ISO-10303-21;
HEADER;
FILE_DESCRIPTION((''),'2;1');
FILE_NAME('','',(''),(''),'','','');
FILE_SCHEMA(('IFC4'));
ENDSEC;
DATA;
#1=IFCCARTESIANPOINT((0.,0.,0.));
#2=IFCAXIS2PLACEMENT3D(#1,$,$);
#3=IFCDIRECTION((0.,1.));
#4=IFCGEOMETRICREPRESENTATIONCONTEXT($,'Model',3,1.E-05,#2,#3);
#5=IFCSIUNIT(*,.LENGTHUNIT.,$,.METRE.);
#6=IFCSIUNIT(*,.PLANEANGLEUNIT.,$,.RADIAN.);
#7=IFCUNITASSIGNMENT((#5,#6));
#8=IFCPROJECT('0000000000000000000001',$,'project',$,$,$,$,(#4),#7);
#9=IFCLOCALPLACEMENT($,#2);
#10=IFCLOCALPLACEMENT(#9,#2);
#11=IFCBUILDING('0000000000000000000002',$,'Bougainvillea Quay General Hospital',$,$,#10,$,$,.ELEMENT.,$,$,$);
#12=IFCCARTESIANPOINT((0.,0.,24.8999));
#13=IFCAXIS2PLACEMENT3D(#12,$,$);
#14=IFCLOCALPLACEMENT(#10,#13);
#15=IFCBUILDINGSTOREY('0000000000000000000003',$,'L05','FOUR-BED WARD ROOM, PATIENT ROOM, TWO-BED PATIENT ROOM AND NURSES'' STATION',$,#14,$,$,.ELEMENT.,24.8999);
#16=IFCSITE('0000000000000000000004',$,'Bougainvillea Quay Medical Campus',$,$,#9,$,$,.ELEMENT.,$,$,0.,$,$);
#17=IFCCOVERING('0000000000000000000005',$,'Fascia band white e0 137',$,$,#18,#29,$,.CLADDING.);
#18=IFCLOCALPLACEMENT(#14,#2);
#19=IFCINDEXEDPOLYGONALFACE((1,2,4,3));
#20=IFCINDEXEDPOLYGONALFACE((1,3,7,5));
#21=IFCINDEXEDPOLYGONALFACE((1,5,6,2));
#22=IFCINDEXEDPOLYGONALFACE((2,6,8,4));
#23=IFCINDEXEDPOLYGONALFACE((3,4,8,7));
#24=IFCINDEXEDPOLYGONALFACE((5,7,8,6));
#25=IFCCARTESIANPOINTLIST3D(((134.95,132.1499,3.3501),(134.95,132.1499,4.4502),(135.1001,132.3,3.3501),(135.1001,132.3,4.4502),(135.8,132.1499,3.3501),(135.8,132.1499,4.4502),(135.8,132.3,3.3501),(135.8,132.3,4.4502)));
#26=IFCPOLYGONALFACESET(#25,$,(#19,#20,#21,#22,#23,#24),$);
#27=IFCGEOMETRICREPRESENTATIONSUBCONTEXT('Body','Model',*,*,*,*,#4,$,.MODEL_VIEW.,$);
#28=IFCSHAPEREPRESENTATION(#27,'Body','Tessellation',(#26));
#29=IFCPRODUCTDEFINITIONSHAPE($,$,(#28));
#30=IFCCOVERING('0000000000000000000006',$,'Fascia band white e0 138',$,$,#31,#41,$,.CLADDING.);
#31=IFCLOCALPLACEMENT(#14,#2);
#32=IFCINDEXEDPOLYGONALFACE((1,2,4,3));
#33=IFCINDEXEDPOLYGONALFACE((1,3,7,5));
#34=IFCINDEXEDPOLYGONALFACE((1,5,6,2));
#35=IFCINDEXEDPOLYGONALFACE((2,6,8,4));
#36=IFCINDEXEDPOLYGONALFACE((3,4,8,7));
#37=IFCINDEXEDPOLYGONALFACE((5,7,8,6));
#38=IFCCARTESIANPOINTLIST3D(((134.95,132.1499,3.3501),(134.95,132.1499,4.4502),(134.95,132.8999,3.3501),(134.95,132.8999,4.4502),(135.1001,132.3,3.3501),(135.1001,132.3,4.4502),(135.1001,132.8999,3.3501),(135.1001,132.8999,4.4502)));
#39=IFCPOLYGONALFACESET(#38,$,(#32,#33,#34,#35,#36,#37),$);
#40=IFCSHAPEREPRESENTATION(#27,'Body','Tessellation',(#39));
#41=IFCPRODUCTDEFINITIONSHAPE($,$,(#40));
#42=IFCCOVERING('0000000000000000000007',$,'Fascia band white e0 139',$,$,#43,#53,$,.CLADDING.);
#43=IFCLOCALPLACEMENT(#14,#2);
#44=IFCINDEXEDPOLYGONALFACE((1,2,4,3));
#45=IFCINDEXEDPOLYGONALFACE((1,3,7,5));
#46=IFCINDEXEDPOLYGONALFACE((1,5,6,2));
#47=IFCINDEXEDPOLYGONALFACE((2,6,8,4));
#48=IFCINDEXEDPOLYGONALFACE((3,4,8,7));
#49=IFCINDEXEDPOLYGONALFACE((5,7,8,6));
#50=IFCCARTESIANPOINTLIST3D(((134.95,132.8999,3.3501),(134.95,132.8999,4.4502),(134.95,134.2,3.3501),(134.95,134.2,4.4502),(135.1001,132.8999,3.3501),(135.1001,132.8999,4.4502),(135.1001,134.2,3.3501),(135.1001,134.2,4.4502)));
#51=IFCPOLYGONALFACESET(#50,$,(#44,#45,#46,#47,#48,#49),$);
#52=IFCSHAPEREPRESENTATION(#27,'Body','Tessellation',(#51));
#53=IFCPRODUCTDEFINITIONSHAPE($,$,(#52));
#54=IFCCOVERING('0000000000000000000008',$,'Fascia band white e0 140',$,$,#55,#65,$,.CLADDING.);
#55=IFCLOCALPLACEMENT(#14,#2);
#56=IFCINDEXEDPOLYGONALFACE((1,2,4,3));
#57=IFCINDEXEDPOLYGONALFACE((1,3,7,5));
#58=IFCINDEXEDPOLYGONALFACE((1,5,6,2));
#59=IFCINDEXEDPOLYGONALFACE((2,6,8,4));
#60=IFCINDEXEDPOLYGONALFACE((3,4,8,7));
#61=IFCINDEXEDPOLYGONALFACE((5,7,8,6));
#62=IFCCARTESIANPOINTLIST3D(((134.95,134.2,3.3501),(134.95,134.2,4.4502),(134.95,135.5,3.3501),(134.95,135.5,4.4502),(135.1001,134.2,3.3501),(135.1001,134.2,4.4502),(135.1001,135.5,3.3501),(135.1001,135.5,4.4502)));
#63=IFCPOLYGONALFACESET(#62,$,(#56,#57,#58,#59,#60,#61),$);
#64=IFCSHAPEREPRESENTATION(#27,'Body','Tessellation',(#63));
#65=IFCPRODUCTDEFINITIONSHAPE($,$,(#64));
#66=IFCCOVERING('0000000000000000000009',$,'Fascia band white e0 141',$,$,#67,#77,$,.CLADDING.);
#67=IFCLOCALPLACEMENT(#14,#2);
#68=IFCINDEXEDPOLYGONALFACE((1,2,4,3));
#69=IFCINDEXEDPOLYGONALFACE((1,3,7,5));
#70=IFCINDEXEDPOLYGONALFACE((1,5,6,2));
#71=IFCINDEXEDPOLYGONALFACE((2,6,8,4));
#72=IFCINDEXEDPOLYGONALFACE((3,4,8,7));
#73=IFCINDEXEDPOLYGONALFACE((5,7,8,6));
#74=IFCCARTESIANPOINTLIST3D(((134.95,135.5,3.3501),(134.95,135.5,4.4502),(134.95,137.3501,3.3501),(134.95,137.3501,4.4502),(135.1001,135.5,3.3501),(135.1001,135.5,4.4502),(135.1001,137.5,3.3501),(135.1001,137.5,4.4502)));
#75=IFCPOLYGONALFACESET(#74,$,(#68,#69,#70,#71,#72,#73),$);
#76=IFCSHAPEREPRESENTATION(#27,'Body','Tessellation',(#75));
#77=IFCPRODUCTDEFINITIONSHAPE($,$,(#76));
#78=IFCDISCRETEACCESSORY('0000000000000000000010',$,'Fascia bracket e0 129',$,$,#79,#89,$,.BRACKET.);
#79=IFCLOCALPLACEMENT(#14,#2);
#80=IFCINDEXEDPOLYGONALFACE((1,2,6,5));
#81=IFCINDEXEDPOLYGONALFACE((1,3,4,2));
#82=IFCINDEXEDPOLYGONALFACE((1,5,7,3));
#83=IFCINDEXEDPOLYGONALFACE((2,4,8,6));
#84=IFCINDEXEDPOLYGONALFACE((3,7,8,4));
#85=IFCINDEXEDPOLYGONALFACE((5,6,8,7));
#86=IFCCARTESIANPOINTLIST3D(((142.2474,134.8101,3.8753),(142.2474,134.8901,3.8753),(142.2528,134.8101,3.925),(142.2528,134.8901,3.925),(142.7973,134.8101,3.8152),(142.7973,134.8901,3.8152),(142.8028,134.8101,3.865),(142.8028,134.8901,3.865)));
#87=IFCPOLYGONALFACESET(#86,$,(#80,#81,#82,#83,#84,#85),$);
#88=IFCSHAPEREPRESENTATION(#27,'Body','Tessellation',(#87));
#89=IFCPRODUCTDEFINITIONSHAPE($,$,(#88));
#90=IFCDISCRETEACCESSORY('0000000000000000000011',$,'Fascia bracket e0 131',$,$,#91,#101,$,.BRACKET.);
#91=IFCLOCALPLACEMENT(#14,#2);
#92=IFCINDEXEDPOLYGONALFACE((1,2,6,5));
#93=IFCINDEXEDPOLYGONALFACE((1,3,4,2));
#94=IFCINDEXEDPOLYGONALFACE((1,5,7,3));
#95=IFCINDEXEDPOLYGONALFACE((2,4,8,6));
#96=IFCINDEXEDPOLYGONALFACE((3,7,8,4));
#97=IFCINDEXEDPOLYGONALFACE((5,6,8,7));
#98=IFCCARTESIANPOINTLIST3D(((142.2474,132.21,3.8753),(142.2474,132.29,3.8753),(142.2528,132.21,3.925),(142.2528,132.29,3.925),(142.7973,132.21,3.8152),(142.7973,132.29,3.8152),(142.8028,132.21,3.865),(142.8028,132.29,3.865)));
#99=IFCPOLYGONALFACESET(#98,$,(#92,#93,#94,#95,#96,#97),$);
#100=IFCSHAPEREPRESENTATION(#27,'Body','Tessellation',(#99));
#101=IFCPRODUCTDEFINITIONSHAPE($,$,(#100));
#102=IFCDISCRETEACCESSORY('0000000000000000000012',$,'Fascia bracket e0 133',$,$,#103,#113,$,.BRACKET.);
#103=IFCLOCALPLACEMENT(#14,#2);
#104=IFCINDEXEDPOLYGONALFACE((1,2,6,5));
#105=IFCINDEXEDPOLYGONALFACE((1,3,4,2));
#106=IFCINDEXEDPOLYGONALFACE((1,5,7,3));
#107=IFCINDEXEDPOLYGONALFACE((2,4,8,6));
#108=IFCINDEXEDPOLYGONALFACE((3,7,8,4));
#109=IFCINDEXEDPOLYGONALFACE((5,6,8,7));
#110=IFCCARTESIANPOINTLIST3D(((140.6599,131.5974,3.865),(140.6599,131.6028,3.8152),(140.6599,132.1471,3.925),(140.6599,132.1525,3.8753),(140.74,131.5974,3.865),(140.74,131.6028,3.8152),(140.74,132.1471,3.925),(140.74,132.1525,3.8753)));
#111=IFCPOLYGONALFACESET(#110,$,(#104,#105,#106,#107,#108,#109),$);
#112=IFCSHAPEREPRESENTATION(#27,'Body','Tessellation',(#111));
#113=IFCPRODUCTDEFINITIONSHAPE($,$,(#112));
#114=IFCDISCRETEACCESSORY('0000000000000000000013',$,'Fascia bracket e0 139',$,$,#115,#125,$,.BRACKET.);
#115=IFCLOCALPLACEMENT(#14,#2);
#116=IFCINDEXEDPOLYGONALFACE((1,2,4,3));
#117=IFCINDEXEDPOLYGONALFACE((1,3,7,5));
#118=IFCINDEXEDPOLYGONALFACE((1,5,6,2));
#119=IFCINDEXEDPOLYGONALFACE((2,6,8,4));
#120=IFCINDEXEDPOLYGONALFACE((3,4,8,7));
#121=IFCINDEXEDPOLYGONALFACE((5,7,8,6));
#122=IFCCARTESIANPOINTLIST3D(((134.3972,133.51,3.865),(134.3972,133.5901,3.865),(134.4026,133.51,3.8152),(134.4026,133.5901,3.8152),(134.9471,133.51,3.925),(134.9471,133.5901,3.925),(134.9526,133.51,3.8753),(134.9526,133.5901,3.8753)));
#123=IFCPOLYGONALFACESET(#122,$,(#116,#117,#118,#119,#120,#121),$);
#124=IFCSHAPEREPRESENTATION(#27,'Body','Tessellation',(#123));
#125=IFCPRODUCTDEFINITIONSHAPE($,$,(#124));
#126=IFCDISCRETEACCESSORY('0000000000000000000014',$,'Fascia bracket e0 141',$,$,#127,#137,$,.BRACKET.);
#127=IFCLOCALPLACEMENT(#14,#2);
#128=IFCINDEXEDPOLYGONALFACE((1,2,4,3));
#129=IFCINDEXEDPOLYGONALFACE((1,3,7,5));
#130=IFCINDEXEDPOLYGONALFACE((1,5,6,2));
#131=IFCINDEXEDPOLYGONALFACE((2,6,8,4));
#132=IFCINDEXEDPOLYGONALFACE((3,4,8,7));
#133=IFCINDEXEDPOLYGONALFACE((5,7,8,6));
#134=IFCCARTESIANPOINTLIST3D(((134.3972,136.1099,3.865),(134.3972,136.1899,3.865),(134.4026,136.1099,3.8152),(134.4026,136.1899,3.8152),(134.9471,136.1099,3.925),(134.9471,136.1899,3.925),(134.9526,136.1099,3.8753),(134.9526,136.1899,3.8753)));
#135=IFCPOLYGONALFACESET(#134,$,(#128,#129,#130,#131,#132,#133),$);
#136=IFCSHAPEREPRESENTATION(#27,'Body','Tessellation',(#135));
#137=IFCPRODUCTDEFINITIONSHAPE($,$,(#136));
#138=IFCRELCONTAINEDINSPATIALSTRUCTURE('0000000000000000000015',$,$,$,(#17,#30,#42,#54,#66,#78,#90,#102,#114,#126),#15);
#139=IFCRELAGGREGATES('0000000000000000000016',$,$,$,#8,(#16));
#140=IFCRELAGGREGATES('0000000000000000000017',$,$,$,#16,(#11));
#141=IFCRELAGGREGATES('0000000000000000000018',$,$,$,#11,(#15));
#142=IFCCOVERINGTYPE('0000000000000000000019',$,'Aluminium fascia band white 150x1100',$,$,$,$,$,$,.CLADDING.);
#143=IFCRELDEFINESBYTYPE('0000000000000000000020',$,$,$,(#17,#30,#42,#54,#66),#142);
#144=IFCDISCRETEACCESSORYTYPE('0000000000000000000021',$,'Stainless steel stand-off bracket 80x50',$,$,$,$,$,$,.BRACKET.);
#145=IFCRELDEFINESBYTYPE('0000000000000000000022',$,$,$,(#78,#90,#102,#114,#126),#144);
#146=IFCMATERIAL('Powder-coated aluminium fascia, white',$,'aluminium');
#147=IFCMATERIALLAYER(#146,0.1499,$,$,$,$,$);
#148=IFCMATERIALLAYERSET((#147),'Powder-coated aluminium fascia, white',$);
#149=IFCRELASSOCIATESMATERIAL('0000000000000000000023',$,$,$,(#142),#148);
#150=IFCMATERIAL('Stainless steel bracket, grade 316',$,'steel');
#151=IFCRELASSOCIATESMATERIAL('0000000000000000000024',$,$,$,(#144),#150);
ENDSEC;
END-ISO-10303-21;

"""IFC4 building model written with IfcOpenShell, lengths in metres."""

from ifc_helpers import new_model, si_unit, direction, frame, origin, origin_2d, place, context, subcontext, project, spatial, polyline, rectangle, outline, extrude, material, layer, layer_set, material_profile, profile_set, type_object, element, save


model = new_model("IFC4")

# Units and contexts
model_context = context("Model", 3, precision=1e-05, world=origin(), true_north=direction((0.0, 1.0)))
body_context = subcontext(model_context, "Body", "Model", "MODEL_VIEW")
ifc_project = project(units=[si_unit("LENGTHUNIT", "METRE"), si_unit("PLANEANGLEUNIT", "RADIAN")], contexts=[model_context])

# Site, building, storey
site_placement = place(None, origin())
site = spatial("IfcSite", under=ifc_project, at=site_placement, Name="Bougainvillea Quay Medical Campus", CompositionType="ELEMENT", RefElevation=0.0)
building_placement = place(site_placement, origin())
building = spatial("IfcBuilding", under=site, at=building_placement, Name="Bougainvillea Quay General Hospital", CompositionType="ELEMENT")
storey_placement = place(building_placement, frame((0.0, 0.0, 24.8999)))
storey = spatial("IfcBuildingStorey", under=building, at=storey_placement, Name="L05", Description="FOUR-BED WARD ROOM, PATIENT ROOM, TWO-BED PATIENT ROOM AND NURSES' STATION", CompositionType="ELEMENT", Elevation=24.8999)

# Coverings
ifc_material_1 = material(Name="Powder-coated aluminium fascia, white", Category="aluminium")
ifc_layer_1 = layer(ifc_material_1, 0.1499)
ifc_layer_set_1 = layer_set([ifc_layer_1], Name="Powder-coated aluminium fascia, white")
covering_type = type_object("IfcCoveringType", Name="Aluminium fascia band white 150x1100", PredefinedType="CLADDING", material=ifc_layer_set_1)
covering_1_placement = place(storey_placement, frame((135.8, 132.1499, 3.3501), z_axis=(0.0, 0.0, 1.0), x_axis=(-1.0, 0.0, 0.0)))
element("IfcCovering", 1, at=covering_1_placement, inside=storey, type_object=covering_type, Name="Fascia band white e0 137", PredefinedType="CLADDING", context=body_context, shape_type="SweptSolid", body=[
    extrude(outline(polyline([(0.0, 0.0), (0.8501, 0.0), (0.7, -0.1501), (0.0, -0.1501), (0.0, 0.0)])), origin(), (0.0, 0.0, 1.0), 1.1001),
])
covering_2_placement = place(storey_placement, frame((134.95, 132.1499, 3.3501), z_axis=(0.0, 0.0, 1.0), x_axis=(0.0, 1.0, 0.0)))
element("IfcCovering", 2, at=covering_2_placement, inside=storey, type_object=covering_type, Name="Fascia band white e0 138", PredefinedType="CLADDING", context=body_context, shape_type="SweptSolid", body=[
    extrude(outline(polyline([(0.0, 0.0), (0.75, 0.0), (0.75, -0.1501), (0.1501, -0.1501), (0.0, 0.0)])), origin(), (0.0, 0.0, 1.0), 1.1001),
])
for number, where, z_axis, x_axis, name in (
    (3, (134.95, 132.8999, 3.3501), (0.0, 0.0, 1.0), (0.0, 1.0, 0.0), "Fascia band white e0 139"),
    (4, (134.95, 134.2, 3.3501), (0.0, 0.0, 1.0), (0.0, 1.0, 0.0), "Fascia band white e0 140"),
):
    element("IfcCovering", number, at=place(storey_placement, frame(where, z_axis=z_axis, x_axis=x_axis)), inside=storey, type_object=covering_type, Name=name, PredefinedType="CLADDING", context=body_context, shape_type="SweptSolid", body=[
        extrude(outline(polyline([(0.0, 0.0), (1.3, 0.0), (1.3, -0.1501), (0.0, -0.1501), (0.0, 0.0)])), origin(), (0.0, 0.0, 1.0), 1.1001),
    ])
covering_3_placement = place(storey_placement, frame((134.95, 135.5, 3.3501), z_axis=(0.0, 0.0, 1.0), x_axis=(0.0, 1.0, 0.0)))
element("IfcCovering", 5, at=covering_3_placement, inside=storey, type_object=covering_type, Name="Fascia band white e0 141", PredefinedType="CLADDING", context=body_context, shape_type="SweptSolid", body=[
    extrude(outline(polyline([(0.0, 0.0), (1.8501, 0.0), (2.0, -0.1501), (0.0, -0.1501), (0.0, 0.0)])), origin(), (0.0, 0.0, 1.0), 1.1001),
])

# Discrete accessories
ifc_material_2 = material(Name="Stainless steel bracket, grade 316", Category="steel")
ifc_material_profile_1 = material_profile(ifc_material_2, rectangle(XDim=0.0801, YDim=0.05, at=origin_2d()))
ifc_profile_set_1 = profile_set([ifc_material_profile_1], Name="Stainless steel bracket, grade 316")
discrete_accessory_type = type_object("IfcDiscreteAccessoryType", Name="Stainless steel stand-off bracket 80x50", PredefinedType="BRACKET", material=ifc_profile_set_1)
for number, where, z_axis, x_axis, name in (
    (6, (142.8, 134.8501, 3.8401), (-0.994092, 0.0, 0.108543), (0.0, -1.0, 0.0), "Fascia bracket e0 129"),
    (7, (142.8, 132.25, 3.8401), (-0.994092, 0.0, 0.108543), (0.0, -1.0, 0.0), "Fascia bracket e0 131"),
):
    element("IfcDiscreteAccessory", number, at=place(storey_placement, frame(where, z_axis=z_axis, x_axis=x_axis)), inside=storey, type_object=discrete_accessory_type, Name=name, PredefinedType="BRACKET", context=body_context, shape_type="SweptSolid", body=[
        extrude(rectangle(XDim=0.0801, YDim=0.05, at=origin_2d()), origin(), (0.0, 0.0, 1.0), 0.5532),
    ])
discrete_accessory_placement = place(storey_placement, frame((140.7, 131.6001, 3.8401), z_axis=(0.0, 0.994087, 0.10859), x_axis=(-1.0, 0.0, 0.0)))
element("IfcDiscreteAccessory", 8, at=discrete_accessory_placement, inside=storey, type_object=discrete_accessory_type, Name="Fascia bracket e0 133", PredefinedType="BRACKET", context=body_context, shape_type="SweptSolid", body=[
    extrude(rectangle(XDim=0.0801, YDim=0.05, at=origin_2d()), origin(), (0.0, 0.0, 1.0), 0.553),
])
for number, where, z_axis, x_axis, name in (
    (9, (134.3999, 133.55, 3.8401), (0.994092, 0.0, 0.108543), (0.0, 1.0, 0.0), "Fascia bracket e0 139"),
    (10, (134.3999, 136.1499, 3.8401), (0.994092, 0.0, 0.108543), (0.0, 1.0, 0.0), "Fascia bracket e0 141"),
):
    element("IfcDiscreteAccessory", number, at=place(storey_placement, frame(where, z_axis=z_axis, x_axis=x_axis)), inside=storey, type_object=discrete_accessory_type, Name=name, PredefinedType="BRACKET", context=body_context, shape_type="SweptSolid", body=[
        extrude(rectangle(XDim=0.0801, YDim=0.05, at=origin_2d()), origin(), (0.0, 0.0, 1.0), 0.5532),
    ])

save(model, "model.ifc")
